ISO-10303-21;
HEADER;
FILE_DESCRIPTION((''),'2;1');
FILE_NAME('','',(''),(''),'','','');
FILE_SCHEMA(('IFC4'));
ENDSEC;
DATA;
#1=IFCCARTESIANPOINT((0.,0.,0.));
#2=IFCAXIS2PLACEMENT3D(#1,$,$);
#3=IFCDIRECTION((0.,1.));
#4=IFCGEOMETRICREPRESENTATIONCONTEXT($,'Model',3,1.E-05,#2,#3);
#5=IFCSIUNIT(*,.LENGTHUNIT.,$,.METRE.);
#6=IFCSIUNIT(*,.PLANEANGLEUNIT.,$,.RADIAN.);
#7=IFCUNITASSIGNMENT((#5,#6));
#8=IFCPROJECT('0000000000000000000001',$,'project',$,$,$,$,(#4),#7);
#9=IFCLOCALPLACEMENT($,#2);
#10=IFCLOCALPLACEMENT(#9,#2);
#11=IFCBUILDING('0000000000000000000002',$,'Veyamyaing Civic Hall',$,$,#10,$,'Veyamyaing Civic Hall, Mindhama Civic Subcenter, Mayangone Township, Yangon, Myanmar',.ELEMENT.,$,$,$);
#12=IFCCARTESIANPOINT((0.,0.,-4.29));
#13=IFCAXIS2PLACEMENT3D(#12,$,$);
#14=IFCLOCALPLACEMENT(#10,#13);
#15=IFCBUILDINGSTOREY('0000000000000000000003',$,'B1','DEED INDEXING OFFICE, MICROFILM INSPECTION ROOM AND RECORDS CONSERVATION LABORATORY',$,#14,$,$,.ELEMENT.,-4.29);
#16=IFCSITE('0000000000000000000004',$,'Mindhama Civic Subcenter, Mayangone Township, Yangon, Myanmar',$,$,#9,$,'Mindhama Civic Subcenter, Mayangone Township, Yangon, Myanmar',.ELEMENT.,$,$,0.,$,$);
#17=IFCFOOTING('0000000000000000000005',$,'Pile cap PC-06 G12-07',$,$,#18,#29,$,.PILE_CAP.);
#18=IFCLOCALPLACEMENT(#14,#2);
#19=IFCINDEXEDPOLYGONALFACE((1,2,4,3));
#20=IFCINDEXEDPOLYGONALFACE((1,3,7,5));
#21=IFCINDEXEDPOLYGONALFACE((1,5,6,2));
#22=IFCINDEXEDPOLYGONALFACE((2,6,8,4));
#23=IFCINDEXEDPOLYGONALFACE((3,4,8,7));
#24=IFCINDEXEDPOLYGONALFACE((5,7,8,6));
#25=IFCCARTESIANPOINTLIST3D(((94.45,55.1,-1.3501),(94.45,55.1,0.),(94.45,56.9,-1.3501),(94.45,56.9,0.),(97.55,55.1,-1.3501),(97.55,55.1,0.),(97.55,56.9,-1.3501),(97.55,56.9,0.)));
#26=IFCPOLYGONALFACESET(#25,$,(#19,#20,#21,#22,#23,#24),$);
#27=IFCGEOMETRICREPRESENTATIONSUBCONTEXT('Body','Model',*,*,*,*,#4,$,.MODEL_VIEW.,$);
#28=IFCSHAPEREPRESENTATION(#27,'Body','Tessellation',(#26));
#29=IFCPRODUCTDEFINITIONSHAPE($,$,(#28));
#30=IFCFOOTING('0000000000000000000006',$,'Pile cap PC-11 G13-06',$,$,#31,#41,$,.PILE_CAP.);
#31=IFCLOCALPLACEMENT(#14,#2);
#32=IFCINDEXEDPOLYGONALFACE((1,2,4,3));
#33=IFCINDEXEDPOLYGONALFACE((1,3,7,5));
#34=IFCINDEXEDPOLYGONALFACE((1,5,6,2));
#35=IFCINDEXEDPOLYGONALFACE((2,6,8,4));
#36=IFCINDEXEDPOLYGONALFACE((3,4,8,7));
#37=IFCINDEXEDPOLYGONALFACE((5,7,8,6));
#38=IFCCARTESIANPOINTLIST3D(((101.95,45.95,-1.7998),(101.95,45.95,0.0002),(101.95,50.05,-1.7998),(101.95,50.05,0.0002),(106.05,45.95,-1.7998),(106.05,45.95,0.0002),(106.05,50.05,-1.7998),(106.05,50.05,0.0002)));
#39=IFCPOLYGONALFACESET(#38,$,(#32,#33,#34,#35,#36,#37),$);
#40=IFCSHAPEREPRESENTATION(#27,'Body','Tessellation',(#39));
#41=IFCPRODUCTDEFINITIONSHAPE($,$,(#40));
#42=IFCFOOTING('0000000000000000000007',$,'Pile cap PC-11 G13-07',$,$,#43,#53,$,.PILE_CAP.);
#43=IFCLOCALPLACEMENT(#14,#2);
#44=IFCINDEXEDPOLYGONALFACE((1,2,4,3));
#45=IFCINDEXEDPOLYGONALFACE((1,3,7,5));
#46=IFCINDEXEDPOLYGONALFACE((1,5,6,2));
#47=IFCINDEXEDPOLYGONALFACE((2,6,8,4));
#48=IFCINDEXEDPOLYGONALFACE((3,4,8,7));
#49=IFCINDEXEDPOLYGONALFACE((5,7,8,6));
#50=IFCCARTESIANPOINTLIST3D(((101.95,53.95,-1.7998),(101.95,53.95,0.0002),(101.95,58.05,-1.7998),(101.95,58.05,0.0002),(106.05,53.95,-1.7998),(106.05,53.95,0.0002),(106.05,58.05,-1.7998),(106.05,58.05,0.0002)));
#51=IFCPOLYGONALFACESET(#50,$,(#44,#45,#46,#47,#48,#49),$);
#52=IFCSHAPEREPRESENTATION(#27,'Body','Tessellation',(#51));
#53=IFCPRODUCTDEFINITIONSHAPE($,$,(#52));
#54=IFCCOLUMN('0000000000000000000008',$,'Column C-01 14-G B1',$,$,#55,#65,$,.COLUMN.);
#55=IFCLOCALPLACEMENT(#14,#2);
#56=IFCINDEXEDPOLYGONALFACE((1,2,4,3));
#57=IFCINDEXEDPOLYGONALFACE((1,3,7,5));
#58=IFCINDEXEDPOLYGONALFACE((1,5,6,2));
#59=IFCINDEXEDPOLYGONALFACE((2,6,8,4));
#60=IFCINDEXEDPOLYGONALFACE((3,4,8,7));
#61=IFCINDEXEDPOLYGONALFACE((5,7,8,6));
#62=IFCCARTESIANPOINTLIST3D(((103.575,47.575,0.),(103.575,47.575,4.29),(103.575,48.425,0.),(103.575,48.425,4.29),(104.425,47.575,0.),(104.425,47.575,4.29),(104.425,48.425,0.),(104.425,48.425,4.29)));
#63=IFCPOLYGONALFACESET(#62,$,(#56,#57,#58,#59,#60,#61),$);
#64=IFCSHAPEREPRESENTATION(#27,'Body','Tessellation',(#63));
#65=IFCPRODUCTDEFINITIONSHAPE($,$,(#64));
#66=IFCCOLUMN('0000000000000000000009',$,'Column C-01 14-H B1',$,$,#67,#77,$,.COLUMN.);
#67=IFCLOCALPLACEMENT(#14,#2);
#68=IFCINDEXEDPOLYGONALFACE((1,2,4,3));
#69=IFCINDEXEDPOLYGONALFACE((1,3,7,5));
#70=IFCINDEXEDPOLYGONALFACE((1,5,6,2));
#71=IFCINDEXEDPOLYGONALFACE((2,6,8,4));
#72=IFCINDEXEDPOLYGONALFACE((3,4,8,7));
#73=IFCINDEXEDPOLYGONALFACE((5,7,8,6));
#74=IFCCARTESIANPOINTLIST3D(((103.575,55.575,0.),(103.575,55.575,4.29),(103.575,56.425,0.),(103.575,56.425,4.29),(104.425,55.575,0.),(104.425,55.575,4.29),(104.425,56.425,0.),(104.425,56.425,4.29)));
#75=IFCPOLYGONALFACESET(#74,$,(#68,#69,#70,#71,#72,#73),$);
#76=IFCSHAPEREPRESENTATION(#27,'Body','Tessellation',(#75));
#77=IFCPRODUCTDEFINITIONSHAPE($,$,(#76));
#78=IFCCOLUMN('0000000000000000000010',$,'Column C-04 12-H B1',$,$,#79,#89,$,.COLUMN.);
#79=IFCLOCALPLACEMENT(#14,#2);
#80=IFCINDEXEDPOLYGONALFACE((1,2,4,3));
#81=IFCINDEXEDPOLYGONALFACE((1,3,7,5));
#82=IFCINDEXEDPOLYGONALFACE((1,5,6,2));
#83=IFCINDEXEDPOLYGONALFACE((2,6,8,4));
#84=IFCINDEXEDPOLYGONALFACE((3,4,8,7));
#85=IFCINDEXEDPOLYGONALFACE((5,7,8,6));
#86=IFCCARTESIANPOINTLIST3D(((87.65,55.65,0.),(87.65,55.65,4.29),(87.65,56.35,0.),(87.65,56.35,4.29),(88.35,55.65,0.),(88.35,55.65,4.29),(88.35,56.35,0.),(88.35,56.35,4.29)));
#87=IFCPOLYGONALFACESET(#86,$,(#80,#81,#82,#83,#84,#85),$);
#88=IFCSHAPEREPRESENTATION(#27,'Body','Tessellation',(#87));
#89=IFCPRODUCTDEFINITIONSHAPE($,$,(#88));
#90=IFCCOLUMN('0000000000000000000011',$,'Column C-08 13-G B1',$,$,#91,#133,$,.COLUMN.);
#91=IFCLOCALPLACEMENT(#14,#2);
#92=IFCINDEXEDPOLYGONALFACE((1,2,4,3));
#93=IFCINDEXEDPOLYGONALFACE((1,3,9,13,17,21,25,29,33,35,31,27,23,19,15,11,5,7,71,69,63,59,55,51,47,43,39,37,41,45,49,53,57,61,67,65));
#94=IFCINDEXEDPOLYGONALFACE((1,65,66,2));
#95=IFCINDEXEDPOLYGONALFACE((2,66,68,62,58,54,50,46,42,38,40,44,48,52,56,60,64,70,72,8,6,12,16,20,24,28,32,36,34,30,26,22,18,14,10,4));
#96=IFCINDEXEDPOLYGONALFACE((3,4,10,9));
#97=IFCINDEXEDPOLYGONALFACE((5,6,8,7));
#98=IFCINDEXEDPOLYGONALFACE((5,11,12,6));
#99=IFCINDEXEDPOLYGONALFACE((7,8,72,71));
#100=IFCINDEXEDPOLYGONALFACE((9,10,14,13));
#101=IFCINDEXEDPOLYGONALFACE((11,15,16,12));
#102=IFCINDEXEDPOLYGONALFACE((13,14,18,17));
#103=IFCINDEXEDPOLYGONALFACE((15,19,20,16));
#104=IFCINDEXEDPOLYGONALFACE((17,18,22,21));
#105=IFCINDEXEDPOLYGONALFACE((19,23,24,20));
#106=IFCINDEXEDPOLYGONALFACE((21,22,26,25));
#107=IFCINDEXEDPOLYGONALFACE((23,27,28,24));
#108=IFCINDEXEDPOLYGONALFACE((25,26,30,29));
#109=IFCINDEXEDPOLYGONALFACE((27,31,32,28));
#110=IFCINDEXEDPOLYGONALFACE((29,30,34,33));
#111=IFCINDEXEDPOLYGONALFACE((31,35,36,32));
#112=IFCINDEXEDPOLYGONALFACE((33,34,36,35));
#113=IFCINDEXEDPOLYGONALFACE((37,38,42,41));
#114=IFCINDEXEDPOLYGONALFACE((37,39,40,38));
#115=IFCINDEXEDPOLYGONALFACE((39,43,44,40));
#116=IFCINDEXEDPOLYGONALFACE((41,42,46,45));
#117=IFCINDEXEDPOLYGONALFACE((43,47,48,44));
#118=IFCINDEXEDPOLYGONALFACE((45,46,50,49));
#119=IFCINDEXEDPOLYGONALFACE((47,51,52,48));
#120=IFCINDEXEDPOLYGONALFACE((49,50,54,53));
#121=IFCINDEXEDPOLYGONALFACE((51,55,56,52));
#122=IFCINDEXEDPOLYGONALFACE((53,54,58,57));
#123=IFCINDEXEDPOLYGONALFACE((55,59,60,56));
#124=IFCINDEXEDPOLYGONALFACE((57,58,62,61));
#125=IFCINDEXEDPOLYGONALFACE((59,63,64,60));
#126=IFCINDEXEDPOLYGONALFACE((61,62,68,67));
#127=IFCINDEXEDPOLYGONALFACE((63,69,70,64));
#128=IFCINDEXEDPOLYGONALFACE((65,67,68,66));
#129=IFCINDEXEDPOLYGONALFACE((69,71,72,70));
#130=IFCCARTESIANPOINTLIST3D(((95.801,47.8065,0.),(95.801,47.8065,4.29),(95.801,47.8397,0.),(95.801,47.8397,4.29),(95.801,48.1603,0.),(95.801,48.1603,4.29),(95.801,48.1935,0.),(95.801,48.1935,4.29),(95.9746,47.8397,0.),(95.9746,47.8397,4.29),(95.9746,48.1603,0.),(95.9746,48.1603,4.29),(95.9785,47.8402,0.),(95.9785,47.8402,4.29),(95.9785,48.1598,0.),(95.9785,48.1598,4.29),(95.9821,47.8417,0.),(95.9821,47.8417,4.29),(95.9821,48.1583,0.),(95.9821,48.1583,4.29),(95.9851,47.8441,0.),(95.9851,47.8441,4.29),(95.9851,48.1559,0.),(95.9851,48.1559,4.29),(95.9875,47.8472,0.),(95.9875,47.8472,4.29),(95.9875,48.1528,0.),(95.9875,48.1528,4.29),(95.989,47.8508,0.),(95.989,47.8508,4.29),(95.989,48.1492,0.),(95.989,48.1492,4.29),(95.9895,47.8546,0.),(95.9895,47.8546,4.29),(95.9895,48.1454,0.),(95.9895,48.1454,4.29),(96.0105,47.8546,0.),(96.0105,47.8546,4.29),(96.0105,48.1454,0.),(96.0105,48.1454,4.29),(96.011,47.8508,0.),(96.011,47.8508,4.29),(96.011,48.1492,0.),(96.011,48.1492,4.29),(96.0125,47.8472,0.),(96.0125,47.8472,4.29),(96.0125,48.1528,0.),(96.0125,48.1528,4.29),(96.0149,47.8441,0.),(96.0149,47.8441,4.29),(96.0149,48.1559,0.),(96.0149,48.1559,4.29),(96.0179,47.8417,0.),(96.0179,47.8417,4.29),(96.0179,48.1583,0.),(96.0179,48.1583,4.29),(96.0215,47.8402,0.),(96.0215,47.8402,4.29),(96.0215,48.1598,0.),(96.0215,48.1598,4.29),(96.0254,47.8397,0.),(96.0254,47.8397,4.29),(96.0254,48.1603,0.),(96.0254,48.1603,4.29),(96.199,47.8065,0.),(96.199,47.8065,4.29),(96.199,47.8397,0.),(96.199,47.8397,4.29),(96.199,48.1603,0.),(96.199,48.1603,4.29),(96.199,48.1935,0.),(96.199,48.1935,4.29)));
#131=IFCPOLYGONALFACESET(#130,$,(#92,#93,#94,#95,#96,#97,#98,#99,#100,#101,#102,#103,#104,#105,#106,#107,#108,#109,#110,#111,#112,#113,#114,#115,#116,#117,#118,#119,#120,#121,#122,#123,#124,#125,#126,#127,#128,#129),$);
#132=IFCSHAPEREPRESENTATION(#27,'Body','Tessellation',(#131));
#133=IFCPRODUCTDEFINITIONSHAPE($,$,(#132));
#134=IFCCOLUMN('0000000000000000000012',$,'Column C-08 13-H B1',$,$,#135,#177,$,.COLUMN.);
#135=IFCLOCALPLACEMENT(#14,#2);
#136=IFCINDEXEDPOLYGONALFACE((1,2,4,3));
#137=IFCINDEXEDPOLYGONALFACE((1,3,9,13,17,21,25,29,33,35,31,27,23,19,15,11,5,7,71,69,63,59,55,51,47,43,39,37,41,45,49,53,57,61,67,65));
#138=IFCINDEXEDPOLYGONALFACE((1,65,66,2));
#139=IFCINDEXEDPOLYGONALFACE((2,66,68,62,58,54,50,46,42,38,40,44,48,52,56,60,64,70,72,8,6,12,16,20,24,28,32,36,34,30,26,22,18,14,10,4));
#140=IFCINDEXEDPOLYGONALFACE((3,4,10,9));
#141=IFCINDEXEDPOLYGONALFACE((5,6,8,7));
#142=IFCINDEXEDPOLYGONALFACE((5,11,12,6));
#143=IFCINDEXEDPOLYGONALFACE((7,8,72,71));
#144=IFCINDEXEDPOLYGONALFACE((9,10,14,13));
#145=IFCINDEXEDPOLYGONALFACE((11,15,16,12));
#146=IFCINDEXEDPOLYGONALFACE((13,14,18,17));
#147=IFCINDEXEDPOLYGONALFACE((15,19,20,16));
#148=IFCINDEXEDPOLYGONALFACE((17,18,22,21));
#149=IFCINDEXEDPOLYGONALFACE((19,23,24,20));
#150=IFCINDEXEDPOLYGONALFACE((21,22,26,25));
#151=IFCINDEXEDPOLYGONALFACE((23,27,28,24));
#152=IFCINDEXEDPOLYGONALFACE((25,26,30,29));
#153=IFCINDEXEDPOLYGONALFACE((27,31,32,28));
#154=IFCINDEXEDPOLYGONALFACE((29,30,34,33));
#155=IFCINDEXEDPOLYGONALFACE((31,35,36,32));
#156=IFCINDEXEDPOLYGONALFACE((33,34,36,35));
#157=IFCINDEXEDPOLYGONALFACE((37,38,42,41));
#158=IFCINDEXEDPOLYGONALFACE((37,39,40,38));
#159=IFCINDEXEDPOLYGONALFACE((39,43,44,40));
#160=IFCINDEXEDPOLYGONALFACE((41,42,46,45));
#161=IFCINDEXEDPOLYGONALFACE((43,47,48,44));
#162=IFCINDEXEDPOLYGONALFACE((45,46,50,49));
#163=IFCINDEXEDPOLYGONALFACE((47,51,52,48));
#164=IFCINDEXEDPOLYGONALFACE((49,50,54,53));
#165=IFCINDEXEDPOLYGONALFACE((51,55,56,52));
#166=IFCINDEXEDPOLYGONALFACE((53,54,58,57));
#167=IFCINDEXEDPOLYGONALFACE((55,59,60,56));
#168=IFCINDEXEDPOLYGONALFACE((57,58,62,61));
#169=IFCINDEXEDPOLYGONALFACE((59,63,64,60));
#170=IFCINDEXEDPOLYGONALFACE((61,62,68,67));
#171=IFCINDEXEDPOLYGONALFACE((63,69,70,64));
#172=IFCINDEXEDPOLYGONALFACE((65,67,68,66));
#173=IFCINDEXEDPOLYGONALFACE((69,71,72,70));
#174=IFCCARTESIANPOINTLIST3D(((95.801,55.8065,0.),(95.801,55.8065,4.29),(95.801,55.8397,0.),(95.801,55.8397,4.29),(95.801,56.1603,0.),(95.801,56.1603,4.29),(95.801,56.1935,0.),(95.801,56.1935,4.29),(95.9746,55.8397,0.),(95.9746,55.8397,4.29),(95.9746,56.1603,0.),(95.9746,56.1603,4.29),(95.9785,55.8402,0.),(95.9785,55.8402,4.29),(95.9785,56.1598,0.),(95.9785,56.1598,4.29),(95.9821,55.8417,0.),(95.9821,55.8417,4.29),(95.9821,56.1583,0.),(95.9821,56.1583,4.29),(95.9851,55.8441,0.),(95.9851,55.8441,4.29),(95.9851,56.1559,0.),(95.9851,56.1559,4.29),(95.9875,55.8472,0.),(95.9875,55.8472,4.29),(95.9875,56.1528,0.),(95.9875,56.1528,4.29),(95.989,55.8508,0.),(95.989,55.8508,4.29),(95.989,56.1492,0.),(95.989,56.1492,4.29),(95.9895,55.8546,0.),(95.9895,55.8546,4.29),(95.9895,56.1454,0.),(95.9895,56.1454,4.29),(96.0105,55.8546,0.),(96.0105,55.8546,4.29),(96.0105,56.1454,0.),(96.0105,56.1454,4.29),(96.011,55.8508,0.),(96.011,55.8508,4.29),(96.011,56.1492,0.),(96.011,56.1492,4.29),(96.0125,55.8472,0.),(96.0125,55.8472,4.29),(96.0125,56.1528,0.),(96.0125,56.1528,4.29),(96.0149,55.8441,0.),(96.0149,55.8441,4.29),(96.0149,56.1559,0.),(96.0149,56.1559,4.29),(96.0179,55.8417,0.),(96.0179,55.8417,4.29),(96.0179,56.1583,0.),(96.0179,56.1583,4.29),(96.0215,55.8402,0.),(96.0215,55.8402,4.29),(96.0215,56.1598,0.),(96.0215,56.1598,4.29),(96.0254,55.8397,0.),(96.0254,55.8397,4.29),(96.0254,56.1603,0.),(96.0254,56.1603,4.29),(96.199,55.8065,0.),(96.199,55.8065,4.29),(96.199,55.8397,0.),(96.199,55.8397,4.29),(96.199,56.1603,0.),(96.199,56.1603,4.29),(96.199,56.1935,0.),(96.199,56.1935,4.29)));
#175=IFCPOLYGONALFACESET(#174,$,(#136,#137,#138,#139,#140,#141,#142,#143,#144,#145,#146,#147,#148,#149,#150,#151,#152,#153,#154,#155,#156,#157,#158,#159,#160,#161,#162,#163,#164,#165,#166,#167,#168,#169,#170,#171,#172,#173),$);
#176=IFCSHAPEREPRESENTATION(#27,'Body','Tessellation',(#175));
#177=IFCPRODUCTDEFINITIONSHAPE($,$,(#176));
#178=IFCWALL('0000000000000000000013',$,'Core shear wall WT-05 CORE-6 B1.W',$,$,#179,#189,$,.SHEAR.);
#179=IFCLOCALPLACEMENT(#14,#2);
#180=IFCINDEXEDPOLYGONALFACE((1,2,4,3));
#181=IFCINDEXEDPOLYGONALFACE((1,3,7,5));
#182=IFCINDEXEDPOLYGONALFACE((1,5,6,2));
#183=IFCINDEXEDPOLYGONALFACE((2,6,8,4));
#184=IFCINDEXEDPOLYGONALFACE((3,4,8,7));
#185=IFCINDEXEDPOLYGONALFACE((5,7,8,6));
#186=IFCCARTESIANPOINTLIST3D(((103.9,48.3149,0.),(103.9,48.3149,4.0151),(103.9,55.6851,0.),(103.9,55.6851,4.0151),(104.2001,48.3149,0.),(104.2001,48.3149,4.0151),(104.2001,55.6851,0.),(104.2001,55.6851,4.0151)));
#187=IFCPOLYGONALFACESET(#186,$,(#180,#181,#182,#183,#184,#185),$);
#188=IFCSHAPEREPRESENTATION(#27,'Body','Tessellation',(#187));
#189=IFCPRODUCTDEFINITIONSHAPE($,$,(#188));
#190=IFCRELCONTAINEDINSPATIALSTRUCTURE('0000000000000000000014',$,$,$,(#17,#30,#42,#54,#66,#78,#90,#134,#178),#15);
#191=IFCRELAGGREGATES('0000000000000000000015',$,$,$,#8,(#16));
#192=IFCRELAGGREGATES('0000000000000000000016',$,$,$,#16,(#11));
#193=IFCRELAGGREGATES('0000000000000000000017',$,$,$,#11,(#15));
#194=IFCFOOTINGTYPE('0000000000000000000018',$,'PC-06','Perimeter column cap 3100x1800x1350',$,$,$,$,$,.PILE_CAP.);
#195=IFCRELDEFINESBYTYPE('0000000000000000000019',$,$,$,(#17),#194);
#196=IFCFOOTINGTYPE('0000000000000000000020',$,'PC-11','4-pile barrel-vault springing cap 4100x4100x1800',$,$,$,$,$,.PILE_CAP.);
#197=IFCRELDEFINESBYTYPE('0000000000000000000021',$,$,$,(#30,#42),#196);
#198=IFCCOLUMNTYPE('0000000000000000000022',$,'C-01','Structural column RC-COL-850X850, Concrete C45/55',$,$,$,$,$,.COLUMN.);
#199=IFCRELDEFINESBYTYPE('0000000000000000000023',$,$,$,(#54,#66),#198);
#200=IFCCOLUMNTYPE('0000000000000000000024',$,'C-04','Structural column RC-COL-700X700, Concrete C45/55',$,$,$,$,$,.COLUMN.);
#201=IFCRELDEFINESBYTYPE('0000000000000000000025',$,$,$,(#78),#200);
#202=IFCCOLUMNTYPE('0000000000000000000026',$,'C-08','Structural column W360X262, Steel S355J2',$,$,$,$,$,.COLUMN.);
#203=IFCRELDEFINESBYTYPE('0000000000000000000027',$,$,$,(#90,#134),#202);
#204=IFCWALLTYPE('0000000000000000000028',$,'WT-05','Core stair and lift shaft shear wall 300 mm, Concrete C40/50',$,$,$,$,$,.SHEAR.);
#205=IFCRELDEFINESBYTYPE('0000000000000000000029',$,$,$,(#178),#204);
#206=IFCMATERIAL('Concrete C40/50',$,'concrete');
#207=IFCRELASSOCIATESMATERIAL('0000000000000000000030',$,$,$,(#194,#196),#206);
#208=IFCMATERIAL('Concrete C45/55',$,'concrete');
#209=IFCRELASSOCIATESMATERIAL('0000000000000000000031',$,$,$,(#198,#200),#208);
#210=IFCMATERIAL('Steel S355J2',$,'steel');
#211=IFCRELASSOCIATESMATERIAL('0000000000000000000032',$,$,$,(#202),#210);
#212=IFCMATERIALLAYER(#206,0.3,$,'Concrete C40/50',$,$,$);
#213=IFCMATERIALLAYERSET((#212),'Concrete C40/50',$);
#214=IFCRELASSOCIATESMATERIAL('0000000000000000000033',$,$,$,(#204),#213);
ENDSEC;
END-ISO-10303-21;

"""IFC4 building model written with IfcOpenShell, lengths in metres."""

from ifc_helpers import new_model, si_unit, direction, frame, frame_2d, origin, origin_2d, place, context, subcontext, project, spatial, rectangle, i_section, extrude, material, layer, layer_set, material_profile, profile_set, type_object, element, save


model = new_model("IFC4")

# Units and contexts
model_context = context("Model", 3, precision=1e-05, world=origin(), true_north=direction((0.0, 1.0)))
body_context = subcontext(model_context, "Body", "Model", "MODEL_VIEW")
ifc_project = project(units=[si_unit("LENGTHUNIT", "METRE"), si_unit("PLANEANGLEUNIT", "RADIAN")], contexts=[model_context])

# Site, building, storey
site_placement = place(None, origin())
site = spatial("IfcSite", under=ifc_project, at=site_placement, Name="Mindhama Civic Subcenter, Mayangone Township, Yangon, Myanmar", LongName="Mindhama Civic Subcenter, Mayangone Township, Yangon, Myanmar", CompositionType="ELEMENT", RefElevation=0.0)
building_placement = place(site_placement, origin())
building = spatial("IfcBuilding", under=site, at=building_placement, Name="Veyamyaing Civic Hall", LongName="Veyamyaing Civic Hall, Mindhama Civic Subcenter, Mayangone Township, Yangon, Myanmar", CompositionType="ELEMENT")
storey_placement = place(building_placement, frame((0.0, 0.0, -4.29)))
storey = spatial("IfcBuildingStorey", under=building, at=storey_placement, Name="B1", Description="DEED INDEXING OFFICE, MICROFILM INSPECTION ROOM AND RECORDS CONSERVATION LABORATORY", CompositionType="ELEMENT", Elevation=-4.29)

# Shared definitions
ifc_material_1 = material(Name="Concrete C40/50", Category="concrete")

# Footings
footing_type_1 = type_object("IfcFootingType", Name="PC-06", Description="Perimeter column cap 3100x1800x1350", PredefinedType="PILE_CAP", material=ifc_material_1)
footing_1_placement = place(storey_placement, frame((96.0, 56.0, -1.3501), z_axis=(0.0, 0.0, 1.0), x_axis=(1.0, 0.0, 0.0)))
element("IfcFooting", 1, at=footing_1_placement, inside=storey, type_object=footing_type_1, Name="Pile cap PC-06 G12-07", PredefinedType="PILE_CAP", context=body_context, shape_type="SweptSolid", body=[
    extrude(rectangle(XDim=3.1001, YDim=1.8, at=origin_2d()), origin(), (0.0, 0.0, 1.0), 1.3501),
])
footing_type_2 = type_object("IfcFootingType", Name="PC-11", Description="4-pile barrel-vault springing cap 4100x4100x1800", PredefinedType="PILE_CAP", material=ifc_material_1)
for number, where, z_axis, x_axis, name in (
    (2, (104.0, 48.0, -1.7998), (0.0, 0.0, 1.0), (1.0, 0.0, 0.0), "Pile cap PC-11 G13-06"),
    (3, (104.0, 56.0, -1.7998), (0.0, 0.0, 1.0), (1.0, 0.0, 0.0), "Pile cap PC-11 G13-07"),
):
    element("IfcFooting", number, at=place(storey_placement, frame(where, z_axis=z_axis, x_axis=x_axis)), inside=storey, type_object=footing_type_2, Name=name, PredefinedType="PILE_CAP", context=body_context, shape_type="SweptSolid", body=[
        extrude(rectangle(XDim=4.1001, YDim=4.1001, at=origin_2d()), origin(), (0.0, 0.0, 1.0), 1.8),
    ])

# Columns
ifc_material_2 = material(Name="Concrete C45/55", Category="concrete")
ifc_material_profile_1 = material_profile(ifc_material_2, rectangle(XDim=0.8501, YDim=0.8501, at=origin_2d()), Name="RC-COL-850X850")
ifc_profile_set_1 = profile_set([ifc_material_profile_1], Name="Concrete C45/55")
column_type_1 = type_object("IfcColumnType", Name="C-01", Description="Structural column RC-COL-850X850, Concrete C45/55", PredefinedType="COLUMN", material=ifc_profile_set_1)
for number, where, z_axis, x_axis, name in (
    (4, (104.0, 48.0, 0.0), (0.0, 0.0, 1.0), (1.0, 0.0, 0.0), "Column C-01 14-G B1"),
    (5, (104.0, 56.0, 0.0), (0.0, 0.0, 1.0), (1.0, 0.0, 0.0), "Column C-01 14-H B1"),
):
    element("IfcColumn", number, at=place(storey_placement, frame(where, z_axis=z_axis, x_axis=x_axis)), inside=storey, type_object=column_type_1, Name=name, PredefinedType="COLUMN", context=body_context, shape_type="SweptSolid", body=[
        extrude(rectangle(XDim=0.8501, YDim=0.8501, at=origin_2d()), origin(), (0.0, 0.0, 1.0), 4.29),
    ])
ifc_material_profile_2 = material_profile(ifc_material_2, rectangle(XDim=0.7, YDim=0.7, at=origin_2d()), Name="RC-COL-700X700")
ifc_profile_set_2 = profile_set([ifc_material_profile_2], Name="Concrete C45/55")
column_type_2 = type_object("IfcColumnType", Name="C-04", Description="Structural column RC-COL-700X700, Concrete C45/55", PredefinedType="COLUMN", material=ifc_profile_set_2)
column_placement = place(storey_placement, frame((88.0, 56.0, 0.0), z_axis=(0.0, 0.0, 1.0), x_axis=(1.0, 0.0, 0.0)))
element("IfcColumn", 6, at=column_placement, inside=storey, type_object=column_type_2, Name="Column C-04 12-H B1", PredefinedType="COLUMN", context=body_context, shape_type="SweptSolid", body=[
    extrude(rectangle(XDim=0.7, YDim=0.7, at=origin_2d()), origin(), (0.0, 0.0, 1.0), 4.29),
])
ifc_material_3 = material(Name="Steel S355J2", Category="steel")
ifc_material_profile_3 = material_profile(ifc_material_3, i_section(OverallWidth=0.3979, OverallDepth=0.387, WebThickness=0.021, FlangeThickness=0.0332, FilletRadius=0.0149, at=origin_2d()), Name="W360X262")
ifc_profile_set_3 = profile_set([ifc_material_profile_3], Name="Steel S355J2")
column_type_3 = type_object("IfcColumnType", Name="C-08", Description="Structural column W360X262, Steel S355J2", PredefinedType="COLUMN", material=ifc_profile_set_3)
for number, where, z_axis, x_axis, name in (
    (7, (96.0, 48.0, 0.0), (0.0, 0.0, 1.0), (1.0, 0.0, 0.0), "Column C-08 13-G B1"),
    (8, (96.0, 56.0, 0.0), (0.0, 0.0, 1.0), (1.0, 0.0, 0.0), "Column C-08 13-H B1"),
):
    element("IfcColumn", number, at=place(storey_placement, frame(where, z_axis=z_axis, x_axis=x_axis)), inside=storey, type_object=column_type_3, Name=name, PredefinedType="COLUMN", context=body_context, shape_type="SweptSolid", body=[
        extrude(i_section(OverallWidth=0.3979, OverallDepth=0.387, WebThickness=0.021, FlangeThickness=0.0332, FilletRadius=0.0149, at=origin_2d()), origin(), (0.0, 0.0, 1.0), 4.29),
    ])

# Wall
ifc_layer_1 = layer(ifc_material_1, 0.3, Name="Concrete C40/50")
ifc_layer_set_1 = layer_set([ifc_layer_1], Name="Concrete C40/50")
wall_type_1 = type_object("IfcWallType", Name="WT-05", Description="Core stair and lift shaft shear wall 300 mm, Concrete C40/50", PredefinedType="SHEAR", material=ifc_layer_set_1)
wall_1_placement = place(storey_placement, frame((104.05, 48.3149, 0.0), z_axis=(0.0, 0.0, 1.0), x_axis=(0.0, 1.0, 0.0)))
element("IfcWall", 9, at=wall_1_placement, inside=storey, type_object=wall_type_1, Name="Core shear wall WT-05 CORE-6 B1.W", PredefinedType="SHEAR", context=body_context, shape_type="SweptSolid", body=[
    extrude(rectangle(XDim=7.3701, YDim=0.3, at=frame_2d((3.6851, 0.0))), origin(), (0.0, 0.0, 1.0), 4.0151),
])

save(model, "model.ifc")
